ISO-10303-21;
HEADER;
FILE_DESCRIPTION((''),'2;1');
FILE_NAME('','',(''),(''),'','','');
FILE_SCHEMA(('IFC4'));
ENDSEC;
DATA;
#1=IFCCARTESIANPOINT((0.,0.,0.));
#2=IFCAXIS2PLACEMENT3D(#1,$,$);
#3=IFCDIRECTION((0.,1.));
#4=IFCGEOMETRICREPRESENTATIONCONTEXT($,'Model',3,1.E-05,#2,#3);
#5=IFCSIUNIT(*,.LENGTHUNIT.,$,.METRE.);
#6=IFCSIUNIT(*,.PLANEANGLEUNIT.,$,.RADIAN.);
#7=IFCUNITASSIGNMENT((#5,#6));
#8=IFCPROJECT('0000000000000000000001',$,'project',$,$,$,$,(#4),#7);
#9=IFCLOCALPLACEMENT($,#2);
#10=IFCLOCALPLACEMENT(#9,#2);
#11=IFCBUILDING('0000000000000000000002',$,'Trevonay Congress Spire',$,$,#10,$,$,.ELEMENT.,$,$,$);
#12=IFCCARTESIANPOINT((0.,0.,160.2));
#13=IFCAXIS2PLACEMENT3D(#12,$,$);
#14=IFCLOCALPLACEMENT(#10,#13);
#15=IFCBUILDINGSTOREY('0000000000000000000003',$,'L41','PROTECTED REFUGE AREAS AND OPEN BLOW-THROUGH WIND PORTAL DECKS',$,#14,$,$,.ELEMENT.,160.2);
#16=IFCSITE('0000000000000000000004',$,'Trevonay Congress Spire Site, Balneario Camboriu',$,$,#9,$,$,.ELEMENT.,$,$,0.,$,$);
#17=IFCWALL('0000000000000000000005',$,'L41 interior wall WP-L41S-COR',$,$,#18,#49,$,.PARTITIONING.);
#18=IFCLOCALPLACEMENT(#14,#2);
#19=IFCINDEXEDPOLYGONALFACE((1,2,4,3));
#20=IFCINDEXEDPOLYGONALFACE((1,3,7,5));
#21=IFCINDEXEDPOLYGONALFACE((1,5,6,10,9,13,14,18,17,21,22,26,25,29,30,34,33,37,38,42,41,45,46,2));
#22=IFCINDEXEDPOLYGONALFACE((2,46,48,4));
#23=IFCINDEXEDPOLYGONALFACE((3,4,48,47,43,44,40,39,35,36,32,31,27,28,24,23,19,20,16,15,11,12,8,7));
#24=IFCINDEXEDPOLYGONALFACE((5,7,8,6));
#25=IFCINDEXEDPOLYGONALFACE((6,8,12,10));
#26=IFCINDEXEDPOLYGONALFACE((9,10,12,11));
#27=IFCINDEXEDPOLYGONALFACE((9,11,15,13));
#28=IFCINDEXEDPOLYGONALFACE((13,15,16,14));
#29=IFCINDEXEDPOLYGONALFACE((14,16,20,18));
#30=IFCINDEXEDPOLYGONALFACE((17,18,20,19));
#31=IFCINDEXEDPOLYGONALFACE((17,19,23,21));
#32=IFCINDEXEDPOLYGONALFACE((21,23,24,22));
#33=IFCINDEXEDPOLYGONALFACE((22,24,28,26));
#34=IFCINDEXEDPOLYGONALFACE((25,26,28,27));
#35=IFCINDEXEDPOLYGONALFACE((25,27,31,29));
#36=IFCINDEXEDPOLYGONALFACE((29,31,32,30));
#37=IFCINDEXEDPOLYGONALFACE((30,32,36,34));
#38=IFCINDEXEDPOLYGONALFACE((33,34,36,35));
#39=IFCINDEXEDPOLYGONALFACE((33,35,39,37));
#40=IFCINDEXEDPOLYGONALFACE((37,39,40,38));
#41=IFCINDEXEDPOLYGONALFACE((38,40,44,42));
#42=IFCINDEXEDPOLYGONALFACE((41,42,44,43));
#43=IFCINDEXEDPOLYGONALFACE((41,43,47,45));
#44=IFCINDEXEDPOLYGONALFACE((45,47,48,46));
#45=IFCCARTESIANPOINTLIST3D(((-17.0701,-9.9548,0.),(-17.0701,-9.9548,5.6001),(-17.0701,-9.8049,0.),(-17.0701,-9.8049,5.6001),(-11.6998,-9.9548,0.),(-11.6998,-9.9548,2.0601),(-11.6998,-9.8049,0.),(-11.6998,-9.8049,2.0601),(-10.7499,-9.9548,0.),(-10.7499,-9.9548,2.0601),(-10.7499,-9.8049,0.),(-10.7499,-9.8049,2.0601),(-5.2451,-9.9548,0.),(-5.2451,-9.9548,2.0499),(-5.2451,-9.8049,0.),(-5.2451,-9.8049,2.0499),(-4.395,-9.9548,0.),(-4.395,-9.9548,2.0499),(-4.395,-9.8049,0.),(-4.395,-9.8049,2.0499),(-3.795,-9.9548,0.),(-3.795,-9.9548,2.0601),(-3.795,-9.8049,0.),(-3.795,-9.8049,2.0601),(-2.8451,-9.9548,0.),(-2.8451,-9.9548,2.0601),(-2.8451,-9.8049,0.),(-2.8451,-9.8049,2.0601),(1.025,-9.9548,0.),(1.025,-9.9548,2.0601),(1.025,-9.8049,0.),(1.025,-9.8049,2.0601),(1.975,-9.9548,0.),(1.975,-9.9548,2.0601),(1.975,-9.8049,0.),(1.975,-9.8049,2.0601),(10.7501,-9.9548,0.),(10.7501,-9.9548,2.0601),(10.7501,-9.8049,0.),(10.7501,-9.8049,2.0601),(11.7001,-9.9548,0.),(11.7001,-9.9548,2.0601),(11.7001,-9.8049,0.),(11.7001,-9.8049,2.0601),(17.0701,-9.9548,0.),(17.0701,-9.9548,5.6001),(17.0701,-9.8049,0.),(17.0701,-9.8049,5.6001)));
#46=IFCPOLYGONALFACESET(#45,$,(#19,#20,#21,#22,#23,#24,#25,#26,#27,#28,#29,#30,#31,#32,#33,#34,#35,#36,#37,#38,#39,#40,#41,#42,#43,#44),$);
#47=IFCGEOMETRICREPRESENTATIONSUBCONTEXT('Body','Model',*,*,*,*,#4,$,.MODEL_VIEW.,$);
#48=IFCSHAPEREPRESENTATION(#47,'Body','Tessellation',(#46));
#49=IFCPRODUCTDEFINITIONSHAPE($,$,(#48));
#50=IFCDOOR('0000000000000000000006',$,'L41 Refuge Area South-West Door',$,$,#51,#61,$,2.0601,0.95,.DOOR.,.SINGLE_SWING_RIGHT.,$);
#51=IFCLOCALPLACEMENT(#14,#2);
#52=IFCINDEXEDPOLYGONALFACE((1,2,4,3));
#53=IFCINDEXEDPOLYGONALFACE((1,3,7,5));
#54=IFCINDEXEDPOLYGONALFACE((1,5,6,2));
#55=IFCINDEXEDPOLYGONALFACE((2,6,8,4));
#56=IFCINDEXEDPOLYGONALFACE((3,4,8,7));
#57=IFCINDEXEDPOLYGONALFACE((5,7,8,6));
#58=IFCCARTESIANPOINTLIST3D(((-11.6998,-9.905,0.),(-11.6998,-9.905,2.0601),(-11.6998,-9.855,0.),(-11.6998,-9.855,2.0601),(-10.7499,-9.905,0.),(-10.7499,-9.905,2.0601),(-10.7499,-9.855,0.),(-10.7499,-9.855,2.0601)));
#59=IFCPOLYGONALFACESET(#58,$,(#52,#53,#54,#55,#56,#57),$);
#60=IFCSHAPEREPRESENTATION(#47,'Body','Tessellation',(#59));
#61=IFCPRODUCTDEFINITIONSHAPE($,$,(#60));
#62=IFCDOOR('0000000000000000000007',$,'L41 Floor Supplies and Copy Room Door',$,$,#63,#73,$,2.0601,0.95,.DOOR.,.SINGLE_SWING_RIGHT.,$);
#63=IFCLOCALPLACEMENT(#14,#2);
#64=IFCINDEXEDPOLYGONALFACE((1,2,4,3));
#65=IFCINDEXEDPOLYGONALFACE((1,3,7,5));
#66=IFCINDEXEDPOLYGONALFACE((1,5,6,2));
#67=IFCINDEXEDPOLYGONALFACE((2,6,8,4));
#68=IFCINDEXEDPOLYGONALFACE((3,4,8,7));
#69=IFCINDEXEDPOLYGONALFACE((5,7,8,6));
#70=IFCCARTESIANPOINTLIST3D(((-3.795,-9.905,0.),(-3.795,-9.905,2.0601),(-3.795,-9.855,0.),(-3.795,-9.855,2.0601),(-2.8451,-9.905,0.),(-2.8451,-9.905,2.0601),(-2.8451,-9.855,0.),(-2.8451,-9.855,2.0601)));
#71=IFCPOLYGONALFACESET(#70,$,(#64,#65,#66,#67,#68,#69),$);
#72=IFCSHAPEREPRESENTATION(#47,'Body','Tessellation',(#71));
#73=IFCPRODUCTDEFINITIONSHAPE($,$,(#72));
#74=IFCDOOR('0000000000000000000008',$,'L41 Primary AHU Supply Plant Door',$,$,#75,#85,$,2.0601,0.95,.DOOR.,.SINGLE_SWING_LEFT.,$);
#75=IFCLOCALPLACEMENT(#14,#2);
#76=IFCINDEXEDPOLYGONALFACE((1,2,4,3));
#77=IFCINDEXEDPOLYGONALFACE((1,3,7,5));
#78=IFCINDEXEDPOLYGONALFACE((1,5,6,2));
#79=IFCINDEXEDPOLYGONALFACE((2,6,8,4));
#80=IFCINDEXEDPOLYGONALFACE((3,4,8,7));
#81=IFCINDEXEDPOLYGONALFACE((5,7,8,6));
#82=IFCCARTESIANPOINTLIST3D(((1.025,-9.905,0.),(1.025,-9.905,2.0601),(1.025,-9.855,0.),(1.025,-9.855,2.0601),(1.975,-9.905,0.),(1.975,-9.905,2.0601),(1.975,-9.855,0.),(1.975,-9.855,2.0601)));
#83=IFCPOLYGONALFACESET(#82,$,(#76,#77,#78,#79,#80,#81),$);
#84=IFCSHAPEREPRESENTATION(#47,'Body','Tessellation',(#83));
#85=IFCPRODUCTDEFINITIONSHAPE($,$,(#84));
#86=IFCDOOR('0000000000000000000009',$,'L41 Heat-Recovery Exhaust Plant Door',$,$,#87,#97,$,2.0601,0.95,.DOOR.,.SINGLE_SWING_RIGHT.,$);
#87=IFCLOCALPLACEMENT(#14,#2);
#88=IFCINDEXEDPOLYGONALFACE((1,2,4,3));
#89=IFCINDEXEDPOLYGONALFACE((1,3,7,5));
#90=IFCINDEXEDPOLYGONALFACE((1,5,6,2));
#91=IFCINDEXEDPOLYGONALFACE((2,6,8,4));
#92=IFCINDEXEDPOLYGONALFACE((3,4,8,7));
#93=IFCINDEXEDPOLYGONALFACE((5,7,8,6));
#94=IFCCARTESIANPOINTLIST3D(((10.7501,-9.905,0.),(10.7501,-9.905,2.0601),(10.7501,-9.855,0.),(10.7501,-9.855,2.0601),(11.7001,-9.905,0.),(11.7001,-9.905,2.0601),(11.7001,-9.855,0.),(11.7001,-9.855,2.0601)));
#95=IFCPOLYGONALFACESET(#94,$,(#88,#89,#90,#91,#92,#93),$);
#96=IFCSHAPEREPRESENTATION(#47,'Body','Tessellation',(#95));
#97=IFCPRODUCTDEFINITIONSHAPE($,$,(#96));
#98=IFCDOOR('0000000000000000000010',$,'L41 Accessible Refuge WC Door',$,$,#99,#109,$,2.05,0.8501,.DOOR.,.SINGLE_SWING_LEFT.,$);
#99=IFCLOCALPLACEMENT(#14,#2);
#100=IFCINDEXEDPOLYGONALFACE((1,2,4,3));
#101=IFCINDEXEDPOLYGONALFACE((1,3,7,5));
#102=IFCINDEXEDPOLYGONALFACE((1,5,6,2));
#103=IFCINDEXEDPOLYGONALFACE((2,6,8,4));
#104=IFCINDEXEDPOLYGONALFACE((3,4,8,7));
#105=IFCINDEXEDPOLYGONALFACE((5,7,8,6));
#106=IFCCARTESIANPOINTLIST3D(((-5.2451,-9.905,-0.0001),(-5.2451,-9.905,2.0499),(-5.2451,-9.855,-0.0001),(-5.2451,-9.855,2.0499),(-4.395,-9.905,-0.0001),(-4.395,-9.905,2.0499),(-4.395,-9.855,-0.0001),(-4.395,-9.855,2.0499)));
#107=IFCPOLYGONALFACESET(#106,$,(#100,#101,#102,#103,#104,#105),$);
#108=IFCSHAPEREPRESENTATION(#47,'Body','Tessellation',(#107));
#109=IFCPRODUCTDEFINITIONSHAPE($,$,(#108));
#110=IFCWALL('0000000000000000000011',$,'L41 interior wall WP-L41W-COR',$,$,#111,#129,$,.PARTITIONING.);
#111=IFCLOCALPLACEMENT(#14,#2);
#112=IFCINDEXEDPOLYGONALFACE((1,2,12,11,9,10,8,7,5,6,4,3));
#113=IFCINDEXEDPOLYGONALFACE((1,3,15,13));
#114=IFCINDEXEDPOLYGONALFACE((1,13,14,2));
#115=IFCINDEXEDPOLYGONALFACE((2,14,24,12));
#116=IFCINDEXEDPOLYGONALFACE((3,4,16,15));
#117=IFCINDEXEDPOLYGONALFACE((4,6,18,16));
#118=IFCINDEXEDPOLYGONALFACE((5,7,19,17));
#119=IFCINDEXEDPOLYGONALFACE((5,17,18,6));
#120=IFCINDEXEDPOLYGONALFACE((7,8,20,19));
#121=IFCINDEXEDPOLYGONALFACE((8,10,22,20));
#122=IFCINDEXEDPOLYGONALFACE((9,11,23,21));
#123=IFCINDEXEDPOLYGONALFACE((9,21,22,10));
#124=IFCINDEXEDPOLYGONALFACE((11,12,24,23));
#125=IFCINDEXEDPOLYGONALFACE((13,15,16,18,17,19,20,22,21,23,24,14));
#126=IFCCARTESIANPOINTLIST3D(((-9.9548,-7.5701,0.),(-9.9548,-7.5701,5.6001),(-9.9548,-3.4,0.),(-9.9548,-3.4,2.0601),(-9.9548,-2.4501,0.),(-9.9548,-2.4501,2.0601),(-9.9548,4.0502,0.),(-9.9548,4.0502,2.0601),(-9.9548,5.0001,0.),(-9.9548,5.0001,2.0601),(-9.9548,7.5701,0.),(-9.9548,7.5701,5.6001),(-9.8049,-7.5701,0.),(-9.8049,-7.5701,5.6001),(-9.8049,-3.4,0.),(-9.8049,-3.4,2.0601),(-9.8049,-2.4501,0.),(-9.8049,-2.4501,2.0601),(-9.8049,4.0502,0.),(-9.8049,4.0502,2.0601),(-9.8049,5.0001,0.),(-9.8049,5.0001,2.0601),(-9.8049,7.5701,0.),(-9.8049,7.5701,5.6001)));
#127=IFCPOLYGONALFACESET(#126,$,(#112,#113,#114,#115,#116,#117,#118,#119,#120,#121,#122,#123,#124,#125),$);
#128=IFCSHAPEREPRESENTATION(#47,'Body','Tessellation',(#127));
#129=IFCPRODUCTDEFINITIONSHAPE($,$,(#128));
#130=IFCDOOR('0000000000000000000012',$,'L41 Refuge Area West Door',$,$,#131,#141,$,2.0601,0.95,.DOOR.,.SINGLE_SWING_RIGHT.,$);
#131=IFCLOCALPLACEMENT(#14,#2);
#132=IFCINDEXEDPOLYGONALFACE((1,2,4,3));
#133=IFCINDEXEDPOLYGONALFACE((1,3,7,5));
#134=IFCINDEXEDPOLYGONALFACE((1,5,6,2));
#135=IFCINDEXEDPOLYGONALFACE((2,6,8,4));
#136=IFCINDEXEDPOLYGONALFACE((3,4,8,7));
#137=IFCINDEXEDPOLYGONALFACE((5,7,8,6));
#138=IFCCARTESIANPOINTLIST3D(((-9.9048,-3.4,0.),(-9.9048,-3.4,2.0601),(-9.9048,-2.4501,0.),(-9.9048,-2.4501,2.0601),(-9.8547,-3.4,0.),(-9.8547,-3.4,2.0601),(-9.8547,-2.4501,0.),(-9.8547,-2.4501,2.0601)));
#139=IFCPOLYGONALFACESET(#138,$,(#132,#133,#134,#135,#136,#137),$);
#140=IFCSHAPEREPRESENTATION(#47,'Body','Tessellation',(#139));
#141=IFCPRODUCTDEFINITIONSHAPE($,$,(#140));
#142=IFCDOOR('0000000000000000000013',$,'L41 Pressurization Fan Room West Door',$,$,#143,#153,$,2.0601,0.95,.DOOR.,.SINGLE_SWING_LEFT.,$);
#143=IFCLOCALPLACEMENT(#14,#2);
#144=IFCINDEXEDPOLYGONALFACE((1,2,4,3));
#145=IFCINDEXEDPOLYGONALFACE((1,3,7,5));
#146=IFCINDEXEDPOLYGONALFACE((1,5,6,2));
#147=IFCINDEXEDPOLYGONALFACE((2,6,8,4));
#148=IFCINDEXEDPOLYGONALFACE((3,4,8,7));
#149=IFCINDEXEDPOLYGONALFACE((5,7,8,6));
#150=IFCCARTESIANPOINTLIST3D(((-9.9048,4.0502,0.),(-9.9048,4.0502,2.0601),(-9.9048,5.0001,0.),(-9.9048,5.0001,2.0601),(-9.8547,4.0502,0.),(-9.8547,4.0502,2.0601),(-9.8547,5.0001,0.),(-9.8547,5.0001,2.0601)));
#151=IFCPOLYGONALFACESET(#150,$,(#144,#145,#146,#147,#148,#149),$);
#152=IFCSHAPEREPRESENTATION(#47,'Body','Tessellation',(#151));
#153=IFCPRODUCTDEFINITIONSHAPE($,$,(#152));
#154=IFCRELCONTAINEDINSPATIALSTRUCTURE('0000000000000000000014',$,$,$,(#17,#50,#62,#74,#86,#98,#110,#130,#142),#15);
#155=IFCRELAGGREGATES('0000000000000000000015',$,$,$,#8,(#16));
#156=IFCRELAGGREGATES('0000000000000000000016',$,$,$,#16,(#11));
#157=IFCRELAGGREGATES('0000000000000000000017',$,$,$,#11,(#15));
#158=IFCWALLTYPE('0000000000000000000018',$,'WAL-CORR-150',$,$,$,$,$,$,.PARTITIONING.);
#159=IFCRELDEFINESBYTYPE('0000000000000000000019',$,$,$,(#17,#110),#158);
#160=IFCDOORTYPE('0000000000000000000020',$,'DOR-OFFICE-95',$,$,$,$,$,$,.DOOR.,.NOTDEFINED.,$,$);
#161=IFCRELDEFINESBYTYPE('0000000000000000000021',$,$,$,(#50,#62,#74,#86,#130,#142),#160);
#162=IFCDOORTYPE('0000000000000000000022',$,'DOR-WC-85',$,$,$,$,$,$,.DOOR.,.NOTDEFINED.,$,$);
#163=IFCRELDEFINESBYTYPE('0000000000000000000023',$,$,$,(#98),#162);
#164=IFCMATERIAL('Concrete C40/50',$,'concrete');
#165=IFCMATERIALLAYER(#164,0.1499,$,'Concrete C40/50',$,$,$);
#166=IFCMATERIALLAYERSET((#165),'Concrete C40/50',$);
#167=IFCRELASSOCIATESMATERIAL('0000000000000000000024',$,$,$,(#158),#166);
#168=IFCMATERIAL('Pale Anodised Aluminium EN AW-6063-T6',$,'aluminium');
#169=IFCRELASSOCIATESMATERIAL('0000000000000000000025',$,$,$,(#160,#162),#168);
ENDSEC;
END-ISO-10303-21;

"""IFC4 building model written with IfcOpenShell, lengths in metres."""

from ifc_helpers import new_model, si_unit, direction, frame, frame_2d, origin, place, context, subcontext, project, spatial, rectangle, extrude, material, layer, layer_set, type_object, element, fill, save


model = new_model("IFC4")

# Units and contexts
model_context = context("Model", 3, precision=1e-05, world=origin(), true_north=direction((0.0, 1.0)))
body_context = subcontext(model_context, "Body", "Model", "MODEL_VIEW")
ifc_project = project(units=[si_unit("LENGTHUNIT", "METRE"), si_unit("PLANEANGLEUNIT", "RADIAN")], contexts=[model_context])

# Site, building, storey
site_placement = place(None, origin())
site = spatial("IfcSite", under=ifc_project, at=site_placement, Name="Trevonay Congress Spire Site, Balneario Camboriu", CompositionType="ELEMENT", RefElevation=0.0)
building_placement = place(site_placement, origin())
building = spatial("IfcBuilding", under=site, at=building_placement, Name="Trevonay Congress Spire", CompositionType="ELEMENT")
storey_placement = place(building_placement, frame((0.0, 0.0, 160.2)))
storey = spatial("IfcBuildingStorey", under=building, at=storey_placement, Name="L41", Description="PROTECTED REFUGE AREAS AND OPEN BLOW-THROUGH WIND PORTAL DECKS", CompositionType="ELEMENT", Elevation=160.2)

# Walls, openings, doors
ifc_material_1 = material(Name="Concrete C40/50", Category="concrete")
ifc_layer_1 = layer(ifc_material_1, 0.1499, Name="Concrete C40/50")
ifc_layer_set_1 = layer_set([ifc_layer_1], Name="Concrete C40/50")
wall_type_1 = type_object("IfcWallType", Name="WAL-CORR-150", PredefinedType="PARTITIONING", material=ifc_layer_set_1)
wall_1_placement = place(storey_placement, frame((-17.0701, -9.8799, 0.0), z_axis=(0.0, 0.0, 1.0), x_axis=(1.0, 0.0, 0.0)))
wall_1 = element("IfcWall", 1, at=wall_1_placement, inside=storey, type_object=wall_type_1, Name="L41 interior wall WP-L41S-COR", PredefinedType="PARTITIONING", context=body_context, shape_type="SweptSolid", body=[
    extrude(rectangle(XDim=34.1401, YDim=0.1499, at=frame_2d((17.0701, 0.0))), origin(), (0.0, 0.0, 1.0), 5.6001),
])
opening_1_placement = place(wall_1_placement, frame((5.3701, 0.0, 0.0)))
opening_1 = element("IfcOpeningElement", 2, at=opening_1_placement, cuts=wall_1, PredefinedType="OPENING", context=body_context, shape_type="SweptSolid", body=[
    extrude(rectangle(XDim=0.95, YDim=2.0601, at=frame_2d((0.4751, 1.03))), frame((0.0, 0.085, 0.0), z_axis=(0.0, -1.0, 0.0), x_axis=(1.0, 0.0, 0.0)), (0.0, 0.0, 1.0), 0.1699),
])
opening_2_placement = place(wall_1_placement, frame((11.825, 0.0, 0.0)))
opening_2 = element("IfcOpeningElement", 3, at=opening_2_placement, cuts=wall_1, PredefinedType="OPENING", context=body_context, shape_type="SweptSolid", body=[
    extrude(rectangle(XDim=0.8501, YDim=2.05, at=frame_2d((0.425, 1.0249))), frame((0.0, 0.085, 0.0), z_axis=(0.0, -1.0, 0.0), x_axis=(1.0, 0.0, 0.0)), (0.0, 0.0, 1.0), 0.1699),
])
opening_3_placement = place(wall_1_placement, frame((13.2749, 0.0, 0.0)))
opening_3 = element("IfcOpeningElement", 4, at=opening_3_placement, cuts=wall_1, PredefinedType="OPENING", context=body_context, shape_type="SweptSolid", body=[
    extrude(rectangle(XDim=0.95, YDim=2.0601, at=frame_2d((0.4751, 1.03))), frame((0.0, 0.085, 0.0), z_axis=(0.0, -1.0, 0.0), x_axis=(1.0, 0.0, 0.0)), (0.0, 0.0, 1.0), 0.1699),
])
opening_4_placement = place(wall_1_placement, frame((18.095, 0.0, 0.0)))
opening_4 = element("IfcOpeningElement", 5, at=opening_4_placement, cuts=wall_1, PredefinedType="OPENING", context=body_context, shape_type="SweptSolid", body=[
    extrude(rectangle(XDim=0.95, YDim=2.0601, at=frame_2d((0.4751, 1.03))), frame((0.0, 0.085, 0.0), z_axis=(0.0, -1.0, 0.0), x_axis=(1.0, 0.0, 0.0)), (0.0, 0.0, 1.0), 0.1699),
])
opening_5_placement = place(wall_1_placement, frame((27.8201, 0.0, 0.0)))
opening_5 = element("IfcOpeningElement", 6, at=opening_5_placement, cuts=wall_1, PredefinedType="OPENING", context=body_context, shape_type="SweptSolid", body=[
    extrude(rectangle(XDim=0.95, YDim=2.0601, at=frame_2d((0.4751, 1.03))), frame((0.0, 0.085, 0.0), z_axis=(0.0, -1.0, 0.0), x_axis=(1.0, 0.0, 0.0)), (0.0, 0.0, 1.0), 0.1699),
])
ifc_material_2 = material(Name="Pale Anodised Aluminium EN AW-6063-T6", Category="aluminium")
door_type_1 = type_object("IfcDoorType", Name="DOR-OFFICE-95", OperationType="NOTDEFINED", PredefinedType="DOOR", material=ifc_material_2)
door_1_placement = place(opening_1_placement, origin())
door_1 = element("IfcDoor", 7, at=door_1_placement, inside=storey, type_object=door_type_1, Name="L41 Refuge Area South-West Door", OperationType="SINGLE_SWING_RIGHT", OverallHeight=2.0601, OverallWidth=0.95, PredefinedType="DOOR", context=body_context, shape_type="SweptSolid", body=[
    extrude(rectangle(XDim=0.95, YDim=2.0601, at=frame_2d((0.4751, 1.03))), frame((0.0, 0.0249, 0.0), z_axis=(0.0, -1.0, 0.0), x_axis=(1.0, 0.0, 0.0)), (0.0, 0.0, 1.0), 0.05),
])
fill(opening_1, door_1)
door_2_placement = place(opening_3_placement, origin())
door_2 = element("IfcDoor", 8, at=door_2_placement, inside=storey, type_object=door_type_1, Name="L41 Floor Supplies and Copy Room Door", OperationType="SINGLE_SWING_RIGHT", OverallHeight=2.0601, OverallWidth=0.95, PredefinedType="DOOR", context=body_context, shape_type="SweptSolid", body=[
    extrude(rectangle(XDim=0.95, YDim=2.0601, at=frame_2d((0.4751, 1.03))), frame((0.0, 0.0249, 0.0), z_axis=(0.0, -1.0, 0.0), x_axis=(1.0, 0.0, 0.0)), (0.0, 0.0, 1.0), 0.05),
])
fill(opening_3, door_2)
door_3_placement = place(opening_4_placement, origin())
door_3 = element("IfcDoor", 9, at=door_3_placement, inside=storey, type_object=door_type_1, Name="L41 Primary AHU Supply Plant Door", OperationType="SINGLE_SWING_LEFT", OverallHeight=2.0601, OverallWidth=0.95, PredefinedType="DOOR", context=body_context, shape_type="SweptSolid", body=[
    extrude(rectangle(XDim=0.95, YDim=2.0601, at=frame_2d((0.4751, 1.03))), frame((0.0, 0.0249, 0.0), z_axis=(0.0, -1.0, 0.0), x_axis=(1.0, 0.0, 0.0)), (0.0, 0.0, 1.0), 0.05),
])
fill(opening_4, door_3)
door_4_placement = place(opening_5_placement, origin())
door_4 = element("IfcDoor", 10, at=door_4_placement, inside=storey, type_object=door_type_1, Name="L41 Heat-Recovery Exhaust Plant Door", OperationType="SINGLE_SWING_RIGHT", OverallHeight=2.0601, OverallWidth=0.95, PredefinedType="DOOR", context=body_context, shape_type="SweptSolid", body=[
    extrude(rectangle(XDim=0.95, YDim=2.0601, at=frame_2d((0.4751, 1.03))), frame((0.0, 0.0249, 0.0), z_axis=(0.0, -1.0, 0.0), x_axis=(1.0, 0.0, 0.0)), (0.0, 0.0, 1.0), 0.05),
])
fill(opening_5, door_4)
door_type_2 = type_object("IfcDoorType", Name="DOR-WC-85", OperationType="NOTDEFINED", PredefinedType="DOOR", material=ifc_material_2)
door_5_placement = place(opening_2_placement, origin())
door_5 = element("IfcDoor", 11, at=door_5_placement, inside=storey, type_object=door_type_2, Name="L41 Accessible Refuge WC Door", OperationType="SINGLE_SWING_LEFT", OverallHeight=2.05, OverallWidth=0.8501, PredefinedType="DOOR", context=body_context, shape_type="SweptSolid", body=[
    extrude(rectangle(XDim=0.8501, YDim=2.05, at=frame_2d((0.425, 1.0249))), frame((0.0, 0.0249, 0.0), z_axis=(0.0, -1.0, 0.0), x_axis=(1.0, 0.0, 0.0)), (0.0, 0.0, 1.0), 0.05),
])
fill(opening_2, door_5)
wall_2_placement = place(storey_placement, frame((-9.8799, -7.5701, 0.0), z_axis=(0.0, 0.0, 1.0), x_axis=(0.0, 1.0, 0.0)))
wall_2 = element("IfcWall", 12, at=wall_2_placement, inside=storey, type_object=wall_type_1, Name="L41 interior wall WP-L41W-COR", PredefinedType="PARTITIONING", context=body_context, shape_type="SweptSolid", body=[
    extrude(rectangle(XDim=15.1401, YDim=0.1499, at=frame_2d((7.5701, 0.0))), origin(), (0.0, 0.0, 1.0), 5.6001),
])
opening_6_placement = place(wall_2_placement, frame((4.1699, 0.0, 0.0)))
opening_6 = element("IfcOpeningElement", 13, at=opening_6_placement, cuts=wall_2, PredefinedType="OPENING", context=body_context, shape_type="SweptSolid", body=[
    extrude(rectangle(XDim=0.95, YDim=2.0601, at=frame_2d((0.4751, 1.03))), frame((0.0, 0.085, 0.0), z_axis=(0.0, -1.0, 0.0), x_axis=(1.0, 0.0, 0.0)), (0.0, 0.0, 1.0), 0.1699),
])
opening_7_placement = place(wall_2_placement, frame((11.6201, 0.0, 0.0)))
opening_7 = element("IfcOpeningElement", 14, at=opening_7_placement, cuts=wall_2, PredefinedType="OPENING", context=body_context, shape_type="SweptSolid", body=[
    extrude(rectangle(XDim=0.95, YDim=2.0601, at=frame_2d((0.4751, 1.03))), frame((0.0, 0.085, 0.0), z_axis=(0.0, -1.0, 0.0), x_axis=(1.0, 0.0, 0.0)), (0.0, 0.0, 1.0), 0.1699),
])
door_6_placement = place(opening_6_placement, origin())
door_6 = element("IfcDoor", 15, at=door_6_placement, inside=storey, type_object=door_type_1, Name="L41 Refuge Area West Door", OperationType="SINGLE_SWING_RIGHT", OverallHeight=2.0601, OverallWidth=0.95, PredefinedType="DOOR", context=body_context, shape_type="SweptSolid", body=[
    extrude(rectangle(XDim=0.95, YDim=2.0601, at=frame_2d((0.4751, 1.03))), frame((0.0, 0.0249, 0.0), z_axis=(0.0, -1.0, 0.0), x_axis=(1.0, 0.0, 0.0)), (0.0, 0.0, 1.0), 0.05),
])
fill(opening_6, door_6)
door_7_placement = place(opening_7_placement, origin())
door_7 = element("IfcDoor", 16, at=door_7_placement, inside=storey, type_object=door_type_1, Name="L41 Pressurization Fan Room West Door", OperationType="SINGLE_SWING_LEFT", OverallHeight=2.0601, OverallWidth=0.95, PredefinedType="DOOR", context=body_context, shape_type="SweptSolid", body=[
    extrude(rectangle(XDim=0.95, YDim=2.0601, at=frame_2d((0.4751, 1.03))), frame((0.0, 0.0249, 0.0), z_axis=(0.0, -1.0, 0.0), x_axis=(1.0, 0.0, 0.0)), (0.0, 0.0, 1.0), 0.05),
])
fill(opening_7, door_7)

save(model, "model.ifc")
